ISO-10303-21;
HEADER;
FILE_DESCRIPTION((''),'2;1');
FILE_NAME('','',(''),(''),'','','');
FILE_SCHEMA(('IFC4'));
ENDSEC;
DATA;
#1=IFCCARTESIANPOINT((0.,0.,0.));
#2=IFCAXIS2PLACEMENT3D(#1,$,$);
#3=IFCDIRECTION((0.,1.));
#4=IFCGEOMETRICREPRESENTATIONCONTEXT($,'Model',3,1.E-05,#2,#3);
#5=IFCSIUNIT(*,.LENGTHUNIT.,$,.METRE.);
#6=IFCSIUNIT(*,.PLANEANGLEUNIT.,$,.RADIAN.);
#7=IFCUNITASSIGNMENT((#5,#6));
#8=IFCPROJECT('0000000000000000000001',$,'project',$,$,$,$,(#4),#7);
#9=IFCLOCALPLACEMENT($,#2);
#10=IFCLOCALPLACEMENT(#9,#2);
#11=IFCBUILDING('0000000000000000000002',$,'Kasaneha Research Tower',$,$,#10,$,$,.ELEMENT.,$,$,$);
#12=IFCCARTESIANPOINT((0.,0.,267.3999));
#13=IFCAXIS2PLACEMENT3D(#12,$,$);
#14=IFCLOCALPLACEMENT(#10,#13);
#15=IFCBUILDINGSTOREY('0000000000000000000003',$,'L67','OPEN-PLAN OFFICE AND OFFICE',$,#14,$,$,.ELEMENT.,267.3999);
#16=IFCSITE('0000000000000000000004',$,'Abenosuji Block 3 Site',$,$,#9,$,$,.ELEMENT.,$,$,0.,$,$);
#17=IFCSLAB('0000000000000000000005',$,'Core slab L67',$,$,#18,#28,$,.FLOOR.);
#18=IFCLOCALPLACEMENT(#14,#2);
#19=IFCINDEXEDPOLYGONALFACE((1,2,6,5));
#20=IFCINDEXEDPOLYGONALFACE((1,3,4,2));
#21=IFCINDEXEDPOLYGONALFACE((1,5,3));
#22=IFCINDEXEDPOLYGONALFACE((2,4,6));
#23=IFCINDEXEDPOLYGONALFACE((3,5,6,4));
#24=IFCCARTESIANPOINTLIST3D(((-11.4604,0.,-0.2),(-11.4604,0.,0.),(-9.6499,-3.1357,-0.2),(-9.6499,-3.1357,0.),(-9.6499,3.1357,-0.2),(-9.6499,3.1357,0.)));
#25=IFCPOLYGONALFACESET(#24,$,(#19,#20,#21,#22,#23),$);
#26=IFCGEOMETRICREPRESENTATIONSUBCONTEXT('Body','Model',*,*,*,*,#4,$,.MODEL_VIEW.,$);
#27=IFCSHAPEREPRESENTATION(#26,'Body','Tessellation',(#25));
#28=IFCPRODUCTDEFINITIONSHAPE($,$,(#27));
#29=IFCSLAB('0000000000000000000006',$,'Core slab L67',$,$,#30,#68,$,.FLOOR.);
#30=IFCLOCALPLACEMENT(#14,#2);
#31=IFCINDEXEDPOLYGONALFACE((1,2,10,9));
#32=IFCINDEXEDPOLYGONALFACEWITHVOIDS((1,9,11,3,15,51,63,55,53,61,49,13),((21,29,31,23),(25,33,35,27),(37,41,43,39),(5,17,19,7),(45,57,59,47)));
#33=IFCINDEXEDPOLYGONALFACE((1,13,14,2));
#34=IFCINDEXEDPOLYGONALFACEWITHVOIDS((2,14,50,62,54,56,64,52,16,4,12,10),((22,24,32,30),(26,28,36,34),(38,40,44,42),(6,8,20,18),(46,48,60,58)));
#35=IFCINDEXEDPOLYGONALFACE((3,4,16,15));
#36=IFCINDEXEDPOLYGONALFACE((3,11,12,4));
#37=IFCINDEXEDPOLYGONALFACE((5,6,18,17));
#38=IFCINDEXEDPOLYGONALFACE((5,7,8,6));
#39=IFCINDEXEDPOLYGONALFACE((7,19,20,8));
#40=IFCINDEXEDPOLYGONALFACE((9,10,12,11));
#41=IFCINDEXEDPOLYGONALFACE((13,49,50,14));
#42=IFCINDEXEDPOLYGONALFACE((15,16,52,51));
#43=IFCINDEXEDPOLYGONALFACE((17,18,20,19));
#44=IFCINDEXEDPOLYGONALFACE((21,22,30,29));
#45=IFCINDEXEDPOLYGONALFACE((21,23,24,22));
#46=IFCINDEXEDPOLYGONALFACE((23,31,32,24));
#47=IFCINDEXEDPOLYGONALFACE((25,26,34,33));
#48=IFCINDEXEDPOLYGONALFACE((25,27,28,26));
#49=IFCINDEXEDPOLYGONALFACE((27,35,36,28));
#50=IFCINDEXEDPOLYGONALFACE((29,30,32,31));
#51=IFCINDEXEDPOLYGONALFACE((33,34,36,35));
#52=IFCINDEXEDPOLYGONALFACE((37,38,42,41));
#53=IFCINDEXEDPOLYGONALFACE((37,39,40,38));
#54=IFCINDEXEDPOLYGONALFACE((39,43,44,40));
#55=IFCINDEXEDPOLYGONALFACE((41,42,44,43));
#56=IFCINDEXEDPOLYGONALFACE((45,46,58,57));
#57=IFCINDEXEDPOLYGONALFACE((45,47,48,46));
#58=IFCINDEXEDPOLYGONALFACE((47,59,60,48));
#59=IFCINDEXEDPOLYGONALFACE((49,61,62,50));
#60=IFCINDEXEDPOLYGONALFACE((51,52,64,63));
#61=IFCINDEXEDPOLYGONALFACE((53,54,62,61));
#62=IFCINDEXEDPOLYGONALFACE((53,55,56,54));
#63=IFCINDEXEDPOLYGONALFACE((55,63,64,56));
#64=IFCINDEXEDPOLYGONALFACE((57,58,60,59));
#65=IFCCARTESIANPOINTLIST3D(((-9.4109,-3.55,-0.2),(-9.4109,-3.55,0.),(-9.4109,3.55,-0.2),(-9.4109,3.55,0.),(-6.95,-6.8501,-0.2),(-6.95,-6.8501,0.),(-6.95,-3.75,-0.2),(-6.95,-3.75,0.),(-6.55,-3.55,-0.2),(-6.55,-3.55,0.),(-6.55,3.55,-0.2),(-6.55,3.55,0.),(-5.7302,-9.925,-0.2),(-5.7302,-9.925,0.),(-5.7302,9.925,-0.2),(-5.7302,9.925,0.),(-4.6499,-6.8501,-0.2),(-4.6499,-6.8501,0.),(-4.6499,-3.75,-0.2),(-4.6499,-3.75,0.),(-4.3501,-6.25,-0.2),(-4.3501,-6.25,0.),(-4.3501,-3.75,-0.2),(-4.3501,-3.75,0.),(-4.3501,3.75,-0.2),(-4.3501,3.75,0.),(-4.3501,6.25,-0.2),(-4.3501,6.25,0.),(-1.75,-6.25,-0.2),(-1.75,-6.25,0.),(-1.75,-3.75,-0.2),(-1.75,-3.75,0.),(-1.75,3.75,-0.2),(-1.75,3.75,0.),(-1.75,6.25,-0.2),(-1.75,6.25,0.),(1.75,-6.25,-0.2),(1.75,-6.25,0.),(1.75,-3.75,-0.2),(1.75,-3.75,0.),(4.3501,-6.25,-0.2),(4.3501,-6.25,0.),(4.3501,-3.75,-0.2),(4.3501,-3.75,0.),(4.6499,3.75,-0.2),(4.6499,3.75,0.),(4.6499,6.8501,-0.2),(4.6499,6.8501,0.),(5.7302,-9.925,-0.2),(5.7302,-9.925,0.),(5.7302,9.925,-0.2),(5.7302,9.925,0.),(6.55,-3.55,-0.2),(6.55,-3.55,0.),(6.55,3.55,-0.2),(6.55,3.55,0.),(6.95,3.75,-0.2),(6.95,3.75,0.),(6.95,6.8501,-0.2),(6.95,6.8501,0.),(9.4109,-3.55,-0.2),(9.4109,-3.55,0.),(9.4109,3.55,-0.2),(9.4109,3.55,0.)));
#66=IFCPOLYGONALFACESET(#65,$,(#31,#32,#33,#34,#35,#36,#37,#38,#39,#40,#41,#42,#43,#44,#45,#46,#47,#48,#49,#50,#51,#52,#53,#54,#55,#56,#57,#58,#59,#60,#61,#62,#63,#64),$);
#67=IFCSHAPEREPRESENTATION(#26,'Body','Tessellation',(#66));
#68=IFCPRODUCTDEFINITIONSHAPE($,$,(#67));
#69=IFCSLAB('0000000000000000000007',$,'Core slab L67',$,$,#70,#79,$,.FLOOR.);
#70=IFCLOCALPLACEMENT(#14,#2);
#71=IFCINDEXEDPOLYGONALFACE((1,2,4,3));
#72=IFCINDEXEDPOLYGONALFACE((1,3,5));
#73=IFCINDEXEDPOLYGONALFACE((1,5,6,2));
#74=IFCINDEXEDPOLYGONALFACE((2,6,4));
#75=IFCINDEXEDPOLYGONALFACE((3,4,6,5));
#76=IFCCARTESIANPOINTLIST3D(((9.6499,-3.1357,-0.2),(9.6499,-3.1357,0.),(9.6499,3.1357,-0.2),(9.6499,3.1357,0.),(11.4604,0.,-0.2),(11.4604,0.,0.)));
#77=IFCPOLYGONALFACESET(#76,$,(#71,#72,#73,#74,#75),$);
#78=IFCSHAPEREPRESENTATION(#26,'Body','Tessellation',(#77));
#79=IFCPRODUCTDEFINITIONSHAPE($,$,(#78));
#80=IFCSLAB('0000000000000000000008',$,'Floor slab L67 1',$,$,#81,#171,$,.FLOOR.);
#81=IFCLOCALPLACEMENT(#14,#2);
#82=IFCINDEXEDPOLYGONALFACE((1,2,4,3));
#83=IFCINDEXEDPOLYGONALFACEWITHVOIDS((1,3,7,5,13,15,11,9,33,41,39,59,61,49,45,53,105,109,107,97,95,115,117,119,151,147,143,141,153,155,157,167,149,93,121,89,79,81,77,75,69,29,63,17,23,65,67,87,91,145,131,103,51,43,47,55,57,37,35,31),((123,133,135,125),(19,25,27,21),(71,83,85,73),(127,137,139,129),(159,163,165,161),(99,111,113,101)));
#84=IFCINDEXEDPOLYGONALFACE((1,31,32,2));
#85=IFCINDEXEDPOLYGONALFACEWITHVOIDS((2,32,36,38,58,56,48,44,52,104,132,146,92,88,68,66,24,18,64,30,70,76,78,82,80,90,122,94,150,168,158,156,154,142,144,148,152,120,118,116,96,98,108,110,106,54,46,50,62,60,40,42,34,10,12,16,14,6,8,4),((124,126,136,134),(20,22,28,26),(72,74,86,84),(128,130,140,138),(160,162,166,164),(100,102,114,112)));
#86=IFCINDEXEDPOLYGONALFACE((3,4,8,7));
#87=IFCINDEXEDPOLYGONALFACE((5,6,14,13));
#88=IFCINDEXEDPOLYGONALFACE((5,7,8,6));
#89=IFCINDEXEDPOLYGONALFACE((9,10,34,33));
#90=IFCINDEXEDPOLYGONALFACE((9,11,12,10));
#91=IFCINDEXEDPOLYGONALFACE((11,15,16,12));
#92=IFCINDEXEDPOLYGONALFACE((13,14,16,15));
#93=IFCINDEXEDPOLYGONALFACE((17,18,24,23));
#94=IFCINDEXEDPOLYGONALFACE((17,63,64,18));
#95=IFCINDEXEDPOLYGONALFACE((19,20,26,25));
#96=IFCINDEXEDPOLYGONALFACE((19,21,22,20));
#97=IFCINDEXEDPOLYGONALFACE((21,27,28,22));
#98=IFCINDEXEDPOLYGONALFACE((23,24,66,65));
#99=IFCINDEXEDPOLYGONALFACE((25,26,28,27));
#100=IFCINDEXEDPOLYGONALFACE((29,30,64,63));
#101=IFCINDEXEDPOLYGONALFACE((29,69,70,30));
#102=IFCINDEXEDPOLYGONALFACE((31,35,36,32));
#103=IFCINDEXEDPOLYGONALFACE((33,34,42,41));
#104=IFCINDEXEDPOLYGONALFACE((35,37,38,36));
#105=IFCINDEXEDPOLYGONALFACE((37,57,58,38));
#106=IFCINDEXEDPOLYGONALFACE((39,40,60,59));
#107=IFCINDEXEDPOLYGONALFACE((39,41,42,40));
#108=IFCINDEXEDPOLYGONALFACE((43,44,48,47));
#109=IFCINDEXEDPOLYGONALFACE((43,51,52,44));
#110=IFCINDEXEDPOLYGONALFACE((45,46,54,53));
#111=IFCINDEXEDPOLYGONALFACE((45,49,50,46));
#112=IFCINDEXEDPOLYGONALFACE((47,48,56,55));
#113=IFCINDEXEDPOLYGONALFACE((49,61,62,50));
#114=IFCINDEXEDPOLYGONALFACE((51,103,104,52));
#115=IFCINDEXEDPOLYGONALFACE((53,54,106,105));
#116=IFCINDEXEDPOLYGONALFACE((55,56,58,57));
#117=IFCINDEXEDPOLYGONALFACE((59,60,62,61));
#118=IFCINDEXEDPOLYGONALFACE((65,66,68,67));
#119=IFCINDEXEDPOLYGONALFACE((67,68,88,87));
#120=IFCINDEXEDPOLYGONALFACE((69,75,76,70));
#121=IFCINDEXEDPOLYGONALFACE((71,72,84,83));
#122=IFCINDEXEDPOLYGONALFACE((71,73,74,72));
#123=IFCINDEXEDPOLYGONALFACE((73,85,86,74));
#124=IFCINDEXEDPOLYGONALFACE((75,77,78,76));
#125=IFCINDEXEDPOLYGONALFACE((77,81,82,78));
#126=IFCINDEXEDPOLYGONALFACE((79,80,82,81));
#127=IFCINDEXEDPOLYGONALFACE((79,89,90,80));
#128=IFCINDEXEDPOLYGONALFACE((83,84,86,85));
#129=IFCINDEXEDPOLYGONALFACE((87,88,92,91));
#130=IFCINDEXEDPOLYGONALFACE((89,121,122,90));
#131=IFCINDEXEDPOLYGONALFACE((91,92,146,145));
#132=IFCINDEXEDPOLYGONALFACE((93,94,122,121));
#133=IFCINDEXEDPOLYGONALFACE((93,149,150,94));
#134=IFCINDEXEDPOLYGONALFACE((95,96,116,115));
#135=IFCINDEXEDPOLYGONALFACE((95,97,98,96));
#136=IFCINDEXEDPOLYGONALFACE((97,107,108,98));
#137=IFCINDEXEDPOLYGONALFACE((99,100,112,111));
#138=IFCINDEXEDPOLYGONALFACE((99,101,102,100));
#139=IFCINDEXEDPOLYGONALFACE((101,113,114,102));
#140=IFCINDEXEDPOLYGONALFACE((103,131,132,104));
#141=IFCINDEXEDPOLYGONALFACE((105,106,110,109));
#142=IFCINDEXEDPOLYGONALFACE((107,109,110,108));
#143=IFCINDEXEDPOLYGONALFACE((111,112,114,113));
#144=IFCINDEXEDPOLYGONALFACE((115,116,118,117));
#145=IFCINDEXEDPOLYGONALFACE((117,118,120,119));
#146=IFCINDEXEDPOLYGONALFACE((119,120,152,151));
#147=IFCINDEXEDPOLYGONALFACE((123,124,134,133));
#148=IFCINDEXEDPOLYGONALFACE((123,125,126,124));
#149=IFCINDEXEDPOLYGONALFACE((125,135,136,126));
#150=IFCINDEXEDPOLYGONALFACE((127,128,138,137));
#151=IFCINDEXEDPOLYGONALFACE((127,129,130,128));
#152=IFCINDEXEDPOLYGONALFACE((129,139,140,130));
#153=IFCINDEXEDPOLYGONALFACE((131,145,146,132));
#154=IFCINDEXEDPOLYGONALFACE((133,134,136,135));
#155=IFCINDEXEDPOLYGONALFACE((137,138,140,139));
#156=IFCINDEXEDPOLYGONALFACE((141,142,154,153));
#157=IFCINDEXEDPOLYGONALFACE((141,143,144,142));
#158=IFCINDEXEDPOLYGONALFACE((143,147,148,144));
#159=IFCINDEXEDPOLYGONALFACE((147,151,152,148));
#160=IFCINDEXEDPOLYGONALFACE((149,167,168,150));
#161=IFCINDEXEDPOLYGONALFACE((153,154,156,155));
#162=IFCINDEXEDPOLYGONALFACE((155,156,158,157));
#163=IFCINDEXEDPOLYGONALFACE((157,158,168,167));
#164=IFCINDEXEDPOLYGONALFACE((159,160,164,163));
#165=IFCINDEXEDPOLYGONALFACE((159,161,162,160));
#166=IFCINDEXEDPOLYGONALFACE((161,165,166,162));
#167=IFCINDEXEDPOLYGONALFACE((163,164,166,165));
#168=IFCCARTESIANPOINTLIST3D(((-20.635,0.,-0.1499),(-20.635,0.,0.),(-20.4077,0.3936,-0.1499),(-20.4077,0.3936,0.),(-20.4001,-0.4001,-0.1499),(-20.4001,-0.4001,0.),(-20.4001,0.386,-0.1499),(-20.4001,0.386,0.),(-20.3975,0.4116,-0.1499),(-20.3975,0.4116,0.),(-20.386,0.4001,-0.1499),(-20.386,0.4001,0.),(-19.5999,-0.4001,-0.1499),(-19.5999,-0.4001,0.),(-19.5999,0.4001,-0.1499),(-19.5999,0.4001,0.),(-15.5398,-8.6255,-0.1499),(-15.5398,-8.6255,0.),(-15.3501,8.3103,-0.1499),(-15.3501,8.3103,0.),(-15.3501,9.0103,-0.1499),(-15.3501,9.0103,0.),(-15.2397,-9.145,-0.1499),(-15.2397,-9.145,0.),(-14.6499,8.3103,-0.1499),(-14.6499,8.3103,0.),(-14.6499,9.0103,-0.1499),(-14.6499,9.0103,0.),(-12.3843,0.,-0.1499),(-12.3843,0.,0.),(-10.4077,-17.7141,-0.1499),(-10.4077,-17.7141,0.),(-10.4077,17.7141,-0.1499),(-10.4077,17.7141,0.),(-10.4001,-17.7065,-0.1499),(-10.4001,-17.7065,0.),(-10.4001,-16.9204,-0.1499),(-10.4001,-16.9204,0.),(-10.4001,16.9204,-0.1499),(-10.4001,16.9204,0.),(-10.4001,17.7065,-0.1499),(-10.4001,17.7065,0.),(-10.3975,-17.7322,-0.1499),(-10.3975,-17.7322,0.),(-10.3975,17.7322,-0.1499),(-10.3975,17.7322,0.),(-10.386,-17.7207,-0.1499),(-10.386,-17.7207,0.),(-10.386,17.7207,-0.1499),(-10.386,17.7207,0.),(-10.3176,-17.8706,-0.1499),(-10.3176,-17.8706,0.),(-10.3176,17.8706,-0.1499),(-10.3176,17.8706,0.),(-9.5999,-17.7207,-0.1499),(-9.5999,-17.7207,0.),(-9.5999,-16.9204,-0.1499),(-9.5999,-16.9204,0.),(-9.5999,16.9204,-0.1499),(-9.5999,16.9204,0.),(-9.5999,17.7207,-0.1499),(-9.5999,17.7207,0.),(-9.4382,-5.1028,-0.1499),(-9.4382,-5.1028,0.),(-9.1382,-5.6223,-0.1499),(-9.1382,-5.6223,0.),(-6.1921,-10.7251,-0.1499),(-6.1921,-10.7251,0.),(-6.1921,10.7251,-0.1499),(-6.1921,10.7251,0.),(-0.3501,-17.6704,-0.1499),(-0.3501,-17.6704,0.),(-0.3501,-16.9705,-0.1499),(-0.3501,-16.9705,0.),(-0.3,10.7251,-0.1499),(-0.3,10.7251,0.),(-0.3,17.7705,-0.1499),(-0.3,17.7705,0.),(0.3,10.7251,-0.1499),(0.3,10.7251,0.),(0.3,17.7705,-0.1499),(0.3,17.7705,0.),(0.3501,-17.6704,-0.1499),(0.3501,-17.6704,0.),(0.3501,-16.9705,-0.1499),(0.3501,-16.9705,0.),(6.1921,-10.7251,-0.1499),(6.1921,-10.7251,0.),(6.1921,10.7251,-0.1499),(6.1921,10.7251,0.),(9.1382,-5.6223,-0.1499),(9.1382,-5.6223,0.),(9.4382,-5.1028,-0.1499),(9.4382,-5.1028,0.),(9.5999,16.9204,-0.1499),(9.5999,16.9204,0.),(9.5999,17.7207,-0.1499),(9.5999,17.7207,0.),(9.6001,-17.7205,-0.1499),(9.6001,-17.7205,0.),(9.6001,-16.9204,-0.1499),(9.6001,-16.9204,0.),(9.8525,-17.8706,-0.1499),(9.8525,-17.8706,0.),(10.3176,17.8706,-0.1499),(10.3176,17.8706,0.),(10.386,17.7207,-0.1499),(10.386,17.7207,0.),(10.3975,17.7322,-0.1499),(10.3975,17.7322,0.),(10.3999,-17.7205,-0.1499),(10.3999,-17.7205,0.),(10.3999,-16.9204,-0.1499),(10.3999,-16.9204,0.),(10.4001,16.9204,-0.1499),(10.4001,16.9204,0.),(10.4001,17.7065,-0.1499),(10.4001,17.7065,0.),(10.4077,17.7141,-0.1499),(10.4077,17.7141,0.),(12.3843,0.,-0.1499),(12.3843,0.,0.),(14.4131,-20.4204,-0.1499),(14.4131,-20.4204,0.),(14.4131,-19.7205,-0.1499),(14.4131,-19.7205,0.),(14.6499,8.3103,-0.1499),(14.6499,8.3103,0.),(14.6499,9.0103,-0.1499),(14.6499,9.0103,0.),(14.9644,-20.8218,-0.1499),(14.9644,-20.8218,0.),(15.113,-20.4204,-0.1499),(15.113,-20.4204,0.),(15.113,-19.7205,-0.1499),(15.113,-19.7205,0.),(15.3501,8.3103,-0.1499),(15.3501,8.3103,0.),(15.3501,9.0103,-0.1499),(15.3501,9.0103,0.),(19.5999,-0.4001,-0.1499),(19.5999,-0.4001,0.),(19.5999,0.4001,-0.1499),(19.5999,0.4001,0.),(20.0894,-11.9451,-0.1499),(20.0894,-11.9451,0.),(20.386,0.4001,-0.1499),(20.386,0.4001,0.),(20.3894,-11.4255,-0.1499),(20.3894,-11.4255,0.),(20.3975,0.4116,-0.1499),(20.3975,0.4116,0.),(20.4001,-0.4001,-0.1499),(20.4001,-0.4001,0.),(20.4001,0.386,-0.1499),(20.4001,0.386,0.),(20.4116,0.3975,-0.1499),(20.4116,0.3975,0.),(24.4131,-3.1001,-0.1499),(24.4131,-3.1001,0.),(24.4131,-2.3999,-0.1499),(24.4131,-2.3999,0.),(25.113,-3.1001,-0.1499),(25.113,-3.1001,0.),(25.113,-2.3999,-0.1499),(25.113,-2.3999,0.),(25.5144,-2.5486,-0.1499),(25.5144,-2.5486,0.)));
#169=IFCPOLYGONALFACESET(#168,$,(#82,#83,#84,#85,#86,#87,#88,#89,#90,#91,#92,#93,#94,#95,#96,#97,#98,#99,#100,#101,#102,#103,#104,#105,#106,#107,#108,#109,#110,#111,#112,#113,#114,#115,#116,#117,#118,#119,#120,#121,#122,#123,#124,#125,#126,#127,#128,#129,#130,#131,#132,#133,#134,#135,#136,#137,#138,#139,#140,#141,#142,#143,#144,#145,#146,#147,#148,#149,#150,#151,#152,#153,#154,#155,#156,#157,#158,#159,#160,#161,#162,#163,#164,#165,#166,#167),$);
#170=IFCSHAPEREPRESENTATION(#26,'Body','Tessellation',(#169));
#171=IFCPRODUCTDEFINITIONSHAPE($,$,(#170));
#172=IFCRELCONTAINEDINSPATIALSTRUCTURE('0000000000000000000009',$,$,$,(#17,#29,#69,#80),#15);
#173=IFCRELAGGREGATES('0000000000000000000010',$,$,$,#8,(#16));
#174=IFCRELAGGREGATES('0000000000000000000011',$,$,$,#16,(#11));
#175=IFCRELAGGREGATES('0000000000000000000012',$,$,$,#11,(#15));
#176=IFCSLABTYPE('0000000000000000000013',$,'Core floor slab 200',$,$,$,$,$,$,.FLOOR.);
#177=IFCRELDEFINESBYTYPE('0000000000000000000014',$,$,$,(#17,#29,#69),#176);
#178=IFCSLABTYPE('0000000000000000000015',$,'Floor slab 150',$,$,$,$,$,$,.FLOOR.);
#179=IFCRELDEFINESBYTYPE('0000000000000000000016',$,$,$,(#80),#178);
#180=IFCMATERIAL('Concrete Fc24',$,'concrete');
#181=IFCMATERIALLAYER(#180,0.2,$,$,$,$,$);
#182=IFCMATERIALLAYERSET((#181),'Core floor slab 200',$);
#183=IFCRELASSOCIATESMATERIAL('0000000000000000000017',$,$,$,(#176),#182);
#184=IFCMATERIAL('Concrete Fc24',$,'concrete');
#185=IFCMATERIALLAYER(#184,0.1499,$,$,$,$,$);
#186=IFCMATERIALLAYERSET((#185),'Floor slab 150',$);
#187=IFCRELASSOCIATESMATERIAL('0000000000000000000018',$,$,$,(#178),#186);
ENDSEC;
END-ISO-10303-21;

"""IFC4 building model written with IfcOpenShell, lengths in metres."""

from ifc_helpers import new_model, si_unit, direction, frame, origin, place, context, subcontext, project, spatial, polyline, outline, extrude, material, layer, layer_set, type_object, element, save


model = new_model("IFC4")

# Units and contexts
model_context = context("Model", 3, precision=1e-05, world=origin(), true_north=direction((0.0, 1.0)))
body_context = subcontext(model_context, "Body", "Model", "MODEL_VIEW")
ifc_project = project(units=[si_unit("LENGTHUNIT", "METRE"), si_unit("PLANEANGLEUNIT", "RADIAN")], contexts=[model_context])

# Site, building, storey
site_placement = place(None, origin())
site = spatial("IfcSite", under=ifc_project, at=site_placement, Name="Abenosuji Block 3 Site", CompositionType="ELEMENT", RefElevation=0.0)
building_placement = place(site_placement, origin())
building = spatial("IfcBuilding", under=site, at=building_placement, Name="Kasaneha Research Tower", CompositionType="ELEMENT")
storey_placement = place(building_placement, frame((0.0, 0.0, 267.3999)))
storey = spatial("IfcBuildingStorey", under=building, at=storey_placement, Name="L67", Description="OPEN-PLAN OFFICE AND OFFICE", CompositionType="ELEMENT", Elevation=267.3999)

# Slabs
ifc_material_1 = material(Name="Concrete Fc24", Category="concrete")
ifc_layer_1 = layer(ifc_material_1, 0.2)
ifc_layer_set_1 = layer_set([ifc_layer_1], Name="Core floor slab 200")
slab_type_1 = type_object("IfcSlabType", Name="Core floor slab 200", PredefinedType="FLOOR", material=ifc_layer_set_1)
slab_1_placement = place(storey_placement, frame((0.0, 0.0, -0.2)))
element("IfcSlab", 1, at=slab_1_placement, inside=storey, type_object=slab_type_1, Name="Core slab L67", PredefinedType="FLOOR", context=body_context, shape_type="SweptSolid", body=[
    extrude(outline(polyline([(-11.4604, 0.0), (-9.6499, 3.1357), (-9.6499, -3.1357), (-11.4604, 0.0)])), origin(), (0.0, 0.0, 1.0), 0.2),
])
slab_2_placement = place(storey_placement, frame((0.0, 0.0, -0.2)))
element("IfcSlab", 2, at=slab_2_placement, inside=storey, type_object=slab_type_1, Name="Core slab L67", PredefinedType="FLOOR", context=body_context, shape_type="SweptSolid", body=[
    extrude(outline(polyline([(-5.7302, 9.925), (5.7302, 9.925), (9.4109, 3.55), (6.55, 3.55), (6.55, -3.55), (9.4109, -3.55), (5.7302, -9.925), (-5.7302, -9.925), (-9.4109, -3.55), (-6.55, -3.55), (-6.55, 3.55), (-9.4109, 3.55), (-5.7302, 9.925)]), holes=[polyline([(-6.95, -6.8501), (-4.6499, -6.8501), (-4.6499, -3.75), (-6.95, -3.75), (-6.95, -6.8501)]), polyline([(-4.3501, -3.75), (-4.3501, -6.25), (-1.75, -6.25), (-1.75, -3.75), (-4.3501, -3.75)]), polyline([(1.75, -3.75), (1.75, -6.25), (4.3501, -6.25), (4.3501, -3.75), (1.75, -3.75)]), polyline([(-4.3501, 6.25), (-4.3501, 3.75), (-1.75, 3.75), (-1.75, 6.25), (-4.3501, 6.25)]), polyline([(4.6499, 6.8501), (4.6499, 3.75), (6.95, 3.75), (6.95, 6.8501), (4.6499, 6.8501)])]), origin(), (0.0, 0.0, 1.0), 0.2),
])
slab_3_placement = place(storey_placement, frame((0.0, 0.0, -0.2)))
element("IfcSlab", 3, at=slab_3_placement, inside=storey, type_object=slab_type_1, Name="Core slab L67", PredefinedType="FLOOR", context=body_context, shape_type="SweptSolid", body=[
    extrude(outline(polyline([(11.4604, 0.0), (9.6499, -3.1357), (9.6499, 3.1357), (11.4604, 0.0)])), origin(), (0.0, 0.0, 1.0), 0.2),
])
ifc_material_2 = material(Name="Concrete Fc24", Category="concrete")
ifc_layer_2 = layer(ifc_material_2, 0.1499)
ifc_layer_set_2 = layer_set([ifc_layer_2], Name="Floor slab 150")
slab_type_2 = type_object("IfcSlabType", Name="Floor slab 150", PredefinedType="FLOOR", material=ifc_layer_set_2)
slab_4_placement = place(storey_placement, frame((0.0, 0.0, -0.1499)))
element("IfcSlab", 4, at=slab_4_placement, inside=storey, type_object=slab_type_2, Name="Floor slab L67 1", PredefinedType="FLOOR", context=body_context, shape_type="SweptSolid", body=[
    extrude(outline(polyline([(12.3843, 0.0), (6.1921, 10.7251), (0.3, 10.7251), (0.3, 17.7705), (-0.3, 17.7705), (-0.3, 10.7251), (-6.1921, 10.7251), (-12.3843, 0.0), (-9.4382, -5.1028), (-15.5398, -8.6255), (-15.2397, -9.145), (-9.1382, -5.6223), (-6.1921, -10.7251), (6.1921, -10.7251), (9.1382, -5.6223), (20.0894, -11.9451), (14.9644, -20.8218), (9.8525, -17.8706), (-10.3176, -17.8706), (-10.3975, -17.7322), (-10.386, -17.7207), (-9.5999, -17.7207), (-9.5999, -16.9204), (-10.4001, -16.9204), (-10.4001, -17.7065), (-10.4077, -17.7141), (-20.635, 0.0), (-20.4077, 0.3936), (-20.4001, 0.386), (-20.4001, -0.4001), (-19.5999, -0.4001), (-19.5999, 0.4001), (-20.386, 0.4001), (-20.3975, 0.4116), (-10.4077, 17.7141), (-10.4001, 17.7065), (-10.4001, 16.9204), (-9.5999, 16.9204), (-9.5999, 17.7207), (-10.386, 17.7207), (-10.3975, 17.7322), (-10.3176, 17.8706), (10.3176, 17.8706), (10.3975, 17.7322), (10.386, 17.7207), (9.5999, 17.7207), (9.5999, 16.9204), (10.4001, 16.9204), (10.4001, 17.7065), (10.4077, 17.7141), (20.3975, 0.4116), (20.386, 0.4001), (19.5999, 0.4001), (19.5999, -0.4001), (20.4001, -0.4001), (20.4001, 0.386), (20.4116, 0.3975), (25.5144, -2.5486), (20.3894, -11.4255), (9.4382, -5.1028), (12.3843, 0.0)]), holes=[polyline([(-0.3501, -17.6704), (0.3501, -17.6704), (0.3501, -16.9705), (-0.3501, -16.9705), (-0.3501, -17.6704)]), polyline([(-15.3501, 8.3103), (-14.6499, 8.3103), (-14.6499, 9.0103), (-15.3501, 9.0103), (-15.3501, 8.3103)]), polyline([(14.4131, -20.4204), (15.113, -20.4204), (15.113, -19.7205), (14.4131, -19.7205), (14.4131, -20.4204)]), polyline([(9.6001, -17.7205), (10.3999, -17.7205), (10.3999, -16.9204), (9.6001, -16.9204), (9.6001, -17.7205)]), polyline([(24.4131, -3.1001), (25.113, -3.1001), (25.113, -2.3999), (24.4131, -2.3999), (24.4131, -3.1001)]), polyline([(14.6499, 9.0103), (14.6499, 8.3103), (15.3501, 8.3103), (15.3501, 9.0103), (14.6499, 9.0103)])]), origin(), (0.0, 0.0, 1.0), 0.1499),
])

save(model, "model.ifc")
